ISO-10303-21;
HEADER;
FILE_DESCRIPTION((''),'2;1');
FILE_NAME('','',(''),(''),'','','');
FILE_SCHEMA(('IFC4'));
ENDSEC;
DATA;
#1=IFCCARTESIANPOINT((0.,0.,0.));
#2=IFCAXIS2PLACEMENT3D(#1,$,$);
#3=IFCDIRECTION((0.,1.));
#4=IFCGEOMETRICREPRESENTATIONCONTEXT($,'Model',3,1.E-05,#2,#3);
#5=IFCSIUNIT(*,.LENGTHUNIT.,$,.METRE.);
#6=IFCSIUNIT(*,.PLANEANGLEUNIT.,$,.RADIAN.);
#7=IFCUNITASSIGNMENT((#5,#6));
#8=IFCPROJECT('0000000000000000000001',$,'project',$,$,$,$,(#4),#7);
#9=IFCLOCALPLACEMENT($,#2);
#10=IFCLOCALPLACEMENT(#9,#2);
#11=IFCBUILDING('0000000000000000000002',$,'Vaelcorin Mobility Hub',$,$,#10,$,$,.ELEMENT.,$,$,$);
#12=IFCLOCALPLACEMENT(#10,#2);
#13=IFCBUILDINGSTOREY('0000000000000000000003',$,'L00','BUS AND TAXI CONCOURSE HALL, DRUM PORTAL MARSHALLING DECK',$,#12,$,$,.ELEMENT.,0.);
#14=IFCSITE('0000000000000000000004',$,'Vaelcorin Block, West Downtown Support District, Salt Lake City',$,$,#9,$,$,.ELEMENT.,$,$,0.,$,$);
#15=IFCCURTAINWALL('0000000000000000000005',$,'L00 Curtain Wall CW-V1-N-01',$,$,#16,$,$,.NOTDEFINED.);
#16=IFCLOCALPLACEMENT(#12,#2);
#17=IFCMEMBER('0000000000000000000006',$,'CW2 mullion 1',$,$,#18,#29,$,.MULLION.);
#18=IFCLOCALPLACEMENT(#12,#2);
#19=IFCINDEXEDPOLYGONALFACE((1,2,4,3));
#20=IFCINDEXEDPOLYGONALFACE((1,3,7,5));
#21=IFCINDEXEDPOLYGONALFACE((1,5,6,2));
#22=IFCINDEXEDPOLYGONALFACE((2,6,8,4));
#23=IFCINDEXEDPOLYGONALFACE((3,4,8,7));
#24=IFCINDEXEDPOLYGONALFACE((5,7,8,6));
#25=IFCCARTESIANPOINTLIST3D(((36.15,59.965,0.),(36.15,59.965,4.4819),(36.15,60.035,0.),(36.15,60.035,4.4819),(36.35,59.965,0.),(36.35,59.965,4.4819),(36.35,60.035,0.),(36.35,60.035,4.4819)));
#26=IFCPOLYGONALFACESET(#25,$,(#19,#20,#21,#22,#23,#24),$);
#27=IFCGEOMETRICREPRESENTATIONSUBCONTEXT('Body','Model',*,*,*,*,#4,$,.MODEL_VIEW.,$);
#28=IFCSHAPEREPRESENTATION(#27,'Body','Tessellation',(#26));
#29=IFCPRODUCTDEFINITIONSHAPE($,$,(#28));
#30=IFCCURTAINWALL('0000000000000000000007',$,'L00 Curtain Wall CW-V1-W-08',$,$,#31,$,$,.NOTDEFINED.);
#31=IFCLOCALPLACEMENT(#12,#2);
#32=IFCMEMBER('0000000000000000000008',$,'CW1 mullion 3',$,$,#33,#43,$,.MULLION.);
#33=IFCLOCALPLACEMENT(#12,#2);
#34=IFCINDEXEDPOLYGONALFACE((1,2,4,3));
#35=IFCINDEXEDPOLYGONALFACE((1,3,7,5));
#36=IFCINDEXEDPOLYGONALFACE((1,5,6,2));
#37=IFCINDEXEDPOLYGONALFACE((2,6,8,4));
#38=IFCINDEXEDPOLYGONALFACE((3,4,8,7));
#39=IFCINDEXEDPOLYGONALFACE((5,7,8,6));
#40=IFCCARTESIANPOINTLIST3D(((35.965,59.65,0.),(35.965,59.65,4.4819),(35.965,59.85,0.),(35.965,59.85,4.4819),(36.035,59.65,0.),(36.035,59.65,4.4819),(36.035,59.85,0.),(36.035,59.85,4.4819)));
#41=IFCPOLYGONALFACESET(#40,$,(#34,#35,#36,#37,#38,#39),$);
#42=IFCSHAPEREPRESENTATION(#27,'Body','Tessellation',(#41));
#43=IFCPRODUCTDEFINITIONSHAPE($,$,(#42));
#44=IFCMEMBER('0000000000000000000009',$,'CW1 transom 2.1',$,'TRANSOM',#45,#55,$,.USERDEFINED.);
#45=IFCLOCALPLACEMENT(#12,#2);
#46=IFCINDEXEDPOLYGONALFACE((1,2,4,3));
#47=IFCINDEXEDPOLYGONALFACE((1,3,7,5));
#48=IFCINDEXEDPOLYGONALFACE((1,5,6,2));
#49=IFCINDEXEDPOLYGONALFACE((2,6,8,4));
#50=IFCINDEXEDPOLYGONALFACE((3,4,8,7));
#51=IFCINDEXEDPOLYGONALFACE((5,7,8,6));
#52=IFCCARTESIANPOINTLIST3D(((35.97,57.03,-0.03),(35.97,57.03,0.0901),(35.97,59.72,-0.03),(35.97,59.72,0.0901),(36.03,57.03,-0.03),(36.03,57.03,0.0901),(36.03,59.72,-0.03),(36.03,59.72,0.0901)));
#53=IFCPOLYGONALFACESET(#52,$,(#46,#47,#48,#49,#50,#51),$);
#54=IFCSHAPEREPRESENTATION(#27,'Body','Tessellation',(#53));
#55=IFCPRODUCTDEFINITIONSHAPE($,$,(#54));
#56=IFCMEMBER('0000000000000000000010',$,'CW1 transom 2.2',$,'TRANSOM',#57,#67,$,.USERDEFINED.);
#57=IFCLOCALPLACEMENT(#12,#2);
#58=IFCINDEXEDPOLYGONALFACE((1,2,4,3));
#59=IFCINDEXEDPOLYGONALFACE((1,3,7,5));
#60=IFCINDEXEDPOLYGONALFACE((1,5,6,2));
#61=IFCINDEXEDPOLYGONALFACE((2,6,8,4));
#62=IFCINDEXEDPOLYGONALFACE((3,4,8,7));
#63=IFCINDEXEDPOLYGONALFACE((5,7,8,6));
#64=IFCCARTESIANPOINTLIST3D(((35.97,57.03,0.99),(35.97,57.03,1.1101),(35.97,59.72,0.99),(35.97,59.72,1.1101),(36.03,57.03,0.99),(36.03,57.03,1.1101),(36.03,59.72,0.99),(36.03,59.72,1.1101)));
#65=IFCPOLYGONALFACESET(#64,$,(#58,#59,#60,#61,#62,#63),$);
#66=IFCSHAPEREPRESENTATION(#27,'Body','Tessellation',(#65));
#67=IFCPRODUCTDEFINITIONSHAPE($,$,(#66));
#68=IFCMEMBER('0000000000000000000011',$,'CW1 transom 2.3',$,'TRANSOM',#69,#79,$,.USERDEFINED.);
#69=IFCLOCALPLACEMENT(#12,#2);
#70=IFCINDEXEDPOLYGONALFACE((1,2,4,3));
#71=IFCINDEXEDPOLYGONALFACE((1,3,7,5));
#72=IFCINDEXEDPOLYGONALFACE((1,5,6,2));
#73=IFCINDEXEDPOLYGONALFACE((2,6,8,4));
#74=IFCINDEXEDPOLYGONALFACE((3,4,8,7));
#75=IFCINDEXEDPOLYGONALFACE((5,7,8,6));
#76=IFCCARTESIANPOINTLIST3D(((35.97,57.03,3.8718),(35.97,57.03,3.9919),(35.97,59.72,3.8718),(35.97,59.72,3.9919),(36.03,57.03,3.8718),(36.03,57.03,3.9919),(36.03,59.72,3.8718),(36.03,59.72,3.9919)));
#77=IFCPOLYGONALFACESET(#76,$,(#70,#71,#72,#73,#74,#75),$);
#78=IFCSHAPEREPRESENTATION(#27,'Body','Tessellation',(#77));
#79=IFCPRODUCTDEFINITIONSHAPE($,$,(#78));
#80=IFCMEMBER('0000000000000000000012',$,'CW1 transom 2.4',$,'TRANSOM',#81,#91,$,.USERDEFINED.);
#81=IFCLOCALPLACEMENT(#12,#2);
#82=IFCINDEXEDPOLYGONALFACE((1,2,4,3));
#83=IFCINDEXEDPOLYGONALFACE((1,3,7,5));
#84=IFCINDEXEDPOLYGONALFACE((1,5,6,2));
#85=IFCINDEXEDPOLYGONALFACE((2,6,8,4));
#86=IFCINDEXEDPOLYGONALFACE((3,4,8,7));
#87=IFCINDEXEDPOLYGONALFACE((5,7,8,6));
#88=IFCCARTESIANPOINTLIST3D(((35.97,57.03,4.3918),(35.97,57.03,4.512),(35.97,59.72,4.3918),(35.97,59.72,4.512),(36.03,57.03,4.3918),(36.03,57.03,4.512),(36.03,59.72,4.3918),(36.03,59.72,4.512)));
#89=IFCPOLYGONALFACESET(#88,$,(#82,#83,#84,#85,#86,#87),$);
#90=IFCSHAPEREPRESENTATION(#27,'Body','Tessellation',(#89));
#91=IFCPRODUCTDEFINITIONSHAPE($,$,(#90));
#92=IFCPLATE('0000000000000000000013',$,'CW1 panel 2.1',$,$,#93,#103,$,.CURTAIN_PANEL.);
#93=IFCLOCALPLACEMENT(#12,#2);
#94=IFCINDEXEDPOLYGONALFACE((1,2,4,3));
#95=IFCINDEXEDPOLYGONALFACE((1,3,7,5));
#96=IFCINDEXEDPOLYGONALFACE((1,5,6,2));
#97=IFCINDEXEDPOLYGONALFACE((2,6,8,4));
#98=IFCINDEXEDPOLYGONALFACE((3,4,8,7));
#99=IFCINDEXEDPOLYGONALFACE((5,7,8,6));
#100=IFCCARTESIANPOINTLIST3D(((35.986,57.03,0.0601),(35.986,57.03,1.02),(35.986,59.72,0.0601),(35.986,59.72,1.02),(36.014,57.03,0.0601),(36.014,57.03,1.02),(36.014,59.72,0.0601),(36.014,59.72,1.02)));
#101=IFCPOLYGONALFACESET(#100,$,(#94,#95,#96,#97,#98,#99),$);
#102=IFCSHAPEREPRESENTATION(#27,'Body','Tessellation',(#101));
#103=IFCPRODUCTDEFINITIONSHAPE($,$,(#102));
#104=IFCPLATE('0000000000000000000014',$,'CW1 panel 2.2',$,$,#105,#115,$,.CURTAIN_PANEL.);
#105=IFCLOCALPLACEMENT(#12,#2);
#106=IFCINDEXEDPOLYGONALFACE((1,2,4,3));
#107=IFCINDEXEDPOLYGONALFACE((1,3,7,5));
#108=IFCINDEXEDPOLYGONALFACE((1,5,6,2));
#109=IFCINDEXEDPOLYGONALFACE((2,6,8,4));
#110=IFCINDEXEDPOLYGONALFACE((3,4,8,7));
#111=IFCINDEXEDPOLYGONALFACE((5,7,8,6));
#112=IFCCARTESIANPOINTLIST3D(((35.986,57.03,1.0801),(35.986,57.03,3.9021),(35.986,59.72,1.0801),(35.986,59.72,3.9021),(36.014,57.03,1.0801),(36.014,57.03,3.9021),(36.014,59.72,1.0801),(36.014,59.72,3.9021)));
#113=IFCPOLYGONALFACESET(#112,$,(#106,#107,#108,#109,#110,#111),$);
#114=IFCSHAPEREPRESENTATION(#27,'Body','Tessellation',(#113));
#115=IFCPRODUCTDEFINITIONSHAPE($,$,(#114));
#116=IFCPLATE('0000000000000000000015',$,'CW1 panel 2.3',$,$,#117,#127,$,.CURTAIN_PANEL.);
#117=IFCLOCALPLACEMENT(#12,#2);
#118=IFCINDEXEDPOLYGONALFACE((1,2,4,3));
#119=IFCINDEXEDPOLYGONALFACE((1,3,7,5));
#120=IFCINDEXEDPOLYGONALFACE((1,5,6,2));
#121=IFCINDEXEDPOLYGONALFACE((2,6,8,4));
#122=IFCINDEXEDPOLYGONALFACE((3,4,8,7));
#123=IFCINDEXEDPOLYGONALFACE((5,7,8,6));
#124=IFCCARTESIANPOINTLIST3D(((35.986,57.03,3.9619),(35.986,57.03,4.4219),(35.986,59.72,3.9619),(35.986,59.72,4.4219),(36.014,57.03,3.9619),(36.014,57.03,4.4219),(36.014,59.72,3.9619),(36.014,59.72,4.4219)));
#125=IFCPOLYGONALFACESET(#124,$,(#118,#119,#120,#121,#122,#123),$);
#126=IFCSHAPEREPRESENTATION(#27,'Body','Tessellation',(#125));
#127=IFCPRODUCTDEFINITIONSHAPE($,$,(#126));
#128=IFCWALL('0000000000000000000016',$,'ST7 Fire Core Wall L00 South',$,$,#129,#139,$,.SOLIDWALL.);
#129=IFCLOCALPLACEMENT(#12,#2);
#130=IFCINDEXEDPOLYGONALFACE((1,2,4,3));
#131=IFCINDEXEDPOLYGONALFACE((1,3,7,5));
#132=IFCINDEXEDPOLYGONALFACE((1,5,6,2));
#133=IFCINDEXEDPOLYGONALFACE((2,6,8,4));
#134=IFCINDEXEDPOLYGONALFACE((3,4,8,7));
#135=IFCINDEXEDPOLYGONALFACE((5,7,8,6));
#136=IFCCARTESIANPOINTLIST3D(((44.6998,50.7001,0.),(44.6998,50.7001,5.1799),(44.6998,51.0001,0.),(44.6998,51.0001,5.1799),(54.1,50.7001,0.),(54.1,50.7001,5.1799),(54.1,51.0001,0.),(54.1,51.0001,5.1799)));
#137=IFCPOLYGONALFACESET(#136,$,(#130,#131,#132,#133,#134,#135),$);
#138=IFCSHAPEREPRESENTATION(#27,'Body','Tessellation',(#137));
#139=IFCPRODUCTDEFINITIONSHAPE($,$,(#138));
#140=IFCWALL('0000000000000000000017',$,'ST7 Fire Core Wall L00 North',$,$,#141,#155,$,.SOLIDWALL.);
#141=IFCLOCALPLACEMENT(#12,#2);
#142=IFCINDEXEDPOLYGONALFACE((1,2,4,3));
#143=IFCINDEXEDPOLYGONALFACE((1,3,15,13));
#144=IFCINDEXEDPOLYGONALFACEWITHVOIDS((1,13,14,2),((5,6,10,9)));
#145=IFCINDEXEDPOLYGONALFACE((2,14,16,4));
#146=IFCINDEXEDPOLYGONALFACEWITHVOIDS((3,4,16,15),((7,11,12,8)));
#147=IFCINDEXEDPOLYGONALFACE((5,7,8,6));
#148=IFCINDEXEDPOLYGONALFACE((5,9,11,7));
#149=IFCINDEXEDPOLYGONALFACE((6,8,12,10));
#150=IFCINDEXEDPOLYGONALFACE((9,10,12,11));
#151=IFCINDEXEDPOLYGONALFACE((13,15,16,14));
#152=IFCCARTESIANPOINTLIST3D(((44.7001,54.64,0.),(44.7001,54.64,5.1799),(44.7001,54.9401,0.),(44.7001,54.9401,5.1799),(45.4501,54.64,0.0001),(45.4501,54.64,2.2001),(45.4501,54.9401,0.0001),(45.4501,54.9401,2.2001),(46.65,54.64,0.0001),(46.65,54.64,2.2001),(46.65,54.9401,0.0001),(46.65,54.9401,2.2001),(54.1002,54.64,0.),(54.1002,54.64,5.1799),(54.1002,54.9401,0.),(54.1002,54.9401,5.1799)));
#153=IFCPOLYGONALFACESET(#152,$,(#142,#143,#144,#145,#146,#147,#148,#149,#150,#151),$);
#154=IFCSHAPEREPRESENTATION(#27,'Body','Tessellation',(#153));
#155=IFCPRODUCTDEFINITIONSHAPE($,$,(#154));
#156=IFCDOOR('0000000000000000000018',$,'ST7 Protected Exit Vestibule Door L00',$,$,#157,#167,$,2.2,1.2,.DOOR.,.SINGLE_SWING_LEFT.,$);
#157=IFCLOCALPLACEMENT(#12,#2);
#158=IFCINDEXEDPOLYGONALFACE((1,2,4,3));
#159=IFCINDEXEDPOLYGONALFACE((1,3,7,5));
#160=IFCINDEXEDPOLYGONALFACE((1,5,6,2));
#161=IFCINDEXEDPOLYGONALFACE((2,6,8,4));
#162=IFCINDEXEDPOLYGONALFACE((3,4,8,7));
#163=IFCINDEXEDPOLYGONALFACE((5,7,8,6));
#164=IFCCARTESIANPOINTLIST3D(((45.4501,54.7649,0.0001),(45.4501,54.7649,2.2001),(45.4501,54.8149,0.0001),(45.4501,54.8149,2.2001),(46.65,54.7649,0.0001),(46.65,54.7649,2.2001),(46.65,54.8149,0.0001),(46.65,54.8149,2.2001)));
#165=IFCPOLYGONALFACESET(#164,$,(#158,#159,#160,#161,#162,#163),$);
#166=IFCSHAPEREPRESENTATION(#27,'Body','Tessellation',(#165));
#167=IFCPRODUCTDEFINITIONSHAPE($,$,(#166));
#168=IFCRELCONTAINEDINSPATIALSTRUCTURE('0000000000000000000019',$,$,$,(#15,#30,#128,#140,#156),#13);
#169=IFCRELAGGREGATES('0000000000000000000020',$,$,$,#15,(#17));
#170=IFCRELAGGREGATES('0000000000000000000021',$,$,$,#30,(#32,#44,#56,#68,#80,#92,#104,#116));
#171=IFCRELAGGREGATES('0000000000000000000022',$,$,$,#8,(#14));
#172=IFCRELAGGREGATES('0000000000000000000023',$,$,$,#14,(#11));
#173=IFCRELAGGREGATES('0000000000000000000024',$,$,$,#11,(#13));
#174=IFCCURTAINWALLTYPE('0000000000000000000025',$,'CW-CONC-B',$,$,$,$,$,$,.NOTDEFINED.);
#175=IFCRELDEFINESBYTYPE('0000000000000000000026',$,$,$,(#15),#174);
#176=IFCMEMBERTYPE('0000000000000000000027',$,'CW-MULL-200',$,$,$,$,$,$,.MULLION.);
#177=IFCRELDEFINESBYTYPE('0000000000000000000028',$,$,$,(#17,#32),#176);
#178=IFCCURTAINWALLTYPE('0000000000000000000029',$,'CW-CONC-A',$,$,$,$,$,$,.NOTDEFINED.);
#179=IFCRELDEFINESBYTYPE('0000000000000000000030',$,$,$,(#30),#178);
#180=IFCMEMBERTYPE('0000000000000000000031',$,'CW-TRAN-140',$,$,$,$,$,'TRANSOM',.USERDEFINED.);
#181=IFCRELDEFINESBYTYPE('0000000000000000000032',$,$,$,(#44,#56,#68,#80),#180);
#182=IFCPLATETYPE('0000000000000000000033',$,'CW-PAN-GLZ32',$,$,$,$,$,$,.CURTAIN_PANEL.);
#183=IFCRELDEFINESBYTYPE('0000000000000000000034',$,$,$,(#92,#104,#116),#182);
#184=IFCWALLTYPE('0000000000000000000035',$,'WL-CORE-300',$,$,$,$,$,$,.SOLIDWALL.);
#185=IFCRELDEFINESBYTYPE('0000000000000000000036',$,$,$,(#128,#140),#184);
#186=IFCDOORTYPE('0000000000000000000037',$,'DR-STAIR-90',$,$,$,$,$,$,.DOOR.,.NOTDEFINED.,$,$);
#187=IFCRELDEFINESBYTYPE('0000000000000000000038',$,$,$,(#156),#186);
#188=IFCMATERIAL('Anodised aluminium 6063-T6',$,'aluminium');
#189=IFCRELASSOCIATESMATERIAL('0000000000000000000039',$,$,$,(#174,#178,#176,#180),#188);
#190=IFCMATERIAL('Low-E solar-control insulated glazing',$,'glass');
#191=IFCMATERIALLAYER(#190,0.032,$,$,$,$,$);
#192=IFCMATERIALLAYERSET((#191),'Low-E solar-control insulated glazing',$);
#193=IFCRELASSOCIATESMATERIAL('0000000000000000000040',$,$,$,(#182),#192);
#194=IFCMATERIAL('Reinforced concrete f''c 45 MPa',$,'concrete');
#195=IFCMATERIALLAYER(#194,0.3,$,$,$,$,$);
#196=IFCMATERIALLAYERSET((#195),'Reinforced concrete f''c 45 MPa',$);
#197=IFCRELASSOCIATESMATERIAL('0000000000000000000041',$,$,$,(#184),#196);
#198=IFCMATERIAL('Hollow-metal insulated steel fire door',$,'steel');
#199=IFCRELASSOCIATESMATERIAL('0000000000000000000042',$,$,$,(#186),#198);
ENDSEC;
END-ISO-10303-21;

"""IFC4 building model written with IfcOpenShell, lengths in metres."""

from ifc_helpers import new_model, si_unit, direction, frame, frame_2d, origin, origin_2d, place, context, subcontext, project, spatial, rectangle, extrude, material, layer, layer_set, material_profile, profile_set, type_object, element, fill, aggregate, save


model = new_model("IFC4")

# Units and contexts
model_context = context("Model", 3, precision=1e-05, world=origin(), true_north=direction((0.0, 1.0)))
body_context = subcontext(model_context, "Body", "Model", "MODEL_VIEW")
ifc_project = project(units=[si_unit("LENGTHUNIT", "METRE"), si_unit("PLANEANGLEUNIT", "RADIAN")], contexts=[model_context])

# Site, building, storey
site_placement = place(None, origin())
site = spatial("IfcSite", under=ifc_project, at=site_placement, Name="Vaelcorin Block, West Downtown Support District, Salt Lake City", CompositionType="ELEMENT", RefElevation=0.0)
building_placement = place(site_placement, origin())
building = spatial("IfcBuilding", under=site, at=building_placement, Name="Vaelcorin Mobility Hub", CompositionType="ELEMENT")
storey_placement = place(building_placement, origin())
storey = spatial("IfcBuildingStorey", under=building, at=storey_placement, Name="L00", Description="BUS AND TAXI CONCOURSE HALL, DRUM PORTAL MARSHALLING DECK", CompositionType="ELEMENT", Elevation=0.0)

# Curtain wall, member
ifc_material_1 = material(Name="Anodised aluminium 6063-T6", Category="aluminium")
curtain_wall_type_1 = type_object("IfcCurtainWallType", Name="CW-CONC-B", PredefinedType="NOTDEFINED", material=ifc_material_1)
curtain_wall_1_placement = place(storey_placement, origin())
curtain_wall_1 = element("IfcCurtainWall", 1, at=curtain_wall_1_placement, inside=storey, type_object=curtain_wall_type_1, Name="L00 Curtain Wall CW-V1-N-01", PredefinedType="NOTDEFINED")
ifc_material_profile_1 = material_profile(ifc_material_1, rectangle(XDim=0.0701, YDim=0.2, at=origin_2d()), Name="ALU-M70X200")
ifc_profile_set_1 = profile_set([ifc_material_profile_1], Name="Anodised aluminium 6063-T6")
member_type_1 = type_object("IfcMemberType", Name="CW-MULL-200", PredefinedType="MULLION", material=ifc_profile_set_1)
member_1_placement = place(storey_placement, frame((36.25, 60.0, 0.0), z_axis=(0.0, 0.0, 1.0), x_axis=(0.0, 1.0, 0.0)))
member_1 = element("IfcMember", 2, at=member_1_placement, type_object=member_type_1, Name="CW2 mullion 1", PredefinedType="MULLION", context=body_context, shape_type="SweptSolid", body=[
    extrude(rectangle(XDim=0.0701, YDim=0.2, at=origin_2d()), origin(), (0.0, 0.0, 1.0), 4.4819),
])
aggregate(curtain_wall_1, [member_1])

# Curtain wall, members, plates
curtain_wall_type_2 = type_object("IfcCurtainWallType", Name="CW-CONC-A", PredefinedType="NOTDEFINED", material=ifc_material_1)
curtain_wall_2_placement = place(storey_placement, origin())
curtain_wall_2 = element("IfcCurtainWall", 3, at=curtain_wall_2_placement, inside=storey, type_object=curtain_wall_type_2, Name="L00 Curtain Wall CW-V1-W-08", PredefinedType="NOTDEFINED")
member_2_placement = place(storey_placement, frame((36.0, 59.75, 0.0), z_axis=(0.0, 0.0, 1.0), x_axis=(-1.0, 0.0, 0.0)))
member_2 = element("IfcMember", 4, at=member_2_placement, type_object=member_type_1, Name="CW1 mullion 3", PredefinedType="MULLION", context=body_context, shape_type="SweptSolid", body=[
    extrude(rectangle(XDim=0.0701, YDim=0.2, at=origin_2d()), origin(), (0.0, 0.0, 1.0), 4.4819),
])
ifc_material_profile_2 = material_profile(ifc_material_1, rectangle(XDim=0.0601, YDim=0.1201, at=origin_2d()), Name="ALU-T60X120")
ifc_profile_set_2 = profile_set([ifc_material_profile_2], Name="Anodised aluminium 6063-T6")
member_type_2 = type_object("IfcMemberType", Name="CW-TRAN-140", ElementType="TRANSOM", PredefinedType="USERDEFINED", material=ifc_profile_set_2)
member_3_placement = place(storey_placement, frame((36.0, 57.03, 0.03), z_axis=(0.0, 1.0, 0.0), x_axis=(-1.0, 0.0, 0.0)))
member_3 = element("IfcMember", 5, at=member_3_placement, type_object=member_type_2, Name="CW1 transom 2.1", ObjectType="TRANSOM", PredefinedType="USERDEFINED", context=body_context, shape_type="SweptSolid", body=[
    extrude(rectangle(XDim=0.0601, YDim=0.1201, at=origin_2d()), origin(), (0.0, 0.0, 1.0), 2.6899),
])
member_4_placement = place(storey_placement, frame((36.0, 57.03, 1.05), z_axis=(0.0, 1.0, 0.0), x_axis=(-1.0, 0.0, 0.0)))
member_4 = element("IfcMember", 6, at=member_4_placement, type_object=member_type_2, Name="CW1 transom 2.2", ObjectType="TRANSOM", PredefinedType="USERDEFINED", context=body_context, shape_type="SweptSolid", body=[
    extrude(rectangle(XDim=0.0601, YDim=0.1201, at=origin_2d()), origin(), (0.0, 0.0, 1.0), 2.6899),
])
member_5_placement = place(storey_placement, frame((36.0, 57.03, 3.9319), z_axis=(0.0, 1.0, 0.0), x_axis=(-1.0, 0.0, 0.0)))
member_5 = element("IfcMember", 7, at=member_5_placement, type_object=member_type_2, Name="CW1 transom 2.3", ObjectType="TRANSOM", PredefinedType="USERDEFINED", context=body_context, shape_type="SweptSolid", body=[
    extrude(rectangle(XDim=0.0601, YDim=0.1201, at=origin_2d()), origin(), (0.0, 0.0, 1.0), 2.6899),
])
member_6_placement = place(storey_placement, frame((36.0, 57.03, 4.4519), z_axis=(0.0, 1.0, 0.0), x_axis=(-1.0, 0.0, 0.0)))
member_6 = element("IfcMember", 8, at=member_6_placement, type_object=member_type_2, Name="CW1 transom 2.4", ObjectType="TRANSOM", PredefinedType="USERDEFINED", context=body_context, shape_type="SweptSolid", body=[
    extrude(rectangle(XDim=0.0601, YDim=0.1201, at=origin_2d()), origin(), (0.0, 0.0, 1.0), 2.6899),
])
ifc_material_2 = material(Name="Low-E solar-control insulated glazing", Category="glass")
ifc_layer_1 = layer(ifc_material_2, 0.032)
ifc_layer_set_1 = layer_set([ifc_layer_1], Name="Low-E solar-control insulated glazing")
plate_type = type_object("IfcPlateType", Name="CW-PAN-GLZ32", PredefinedType="CURTAIN_PANEL", material=ifc_layer_set_1)
plate_1_placement = place(storey_placement, frame((36.0, 58.375, 0.0601), z_axis=(0.0, 0.0, 1.0), x_axis=(0.0, 1.0, 0.0)))
plate_1 = element("IfcPlate", 9, at=plate_1_placement, type_object=plate_type, Name="CW1 panel 2.1", PredefinedType="CURTAIN_PANEL", context=body_context, shape_type="SweptSolid", body=[
    extrude(rectangle(XDim=2.6899, YDim=0.0281, at=origin_2d()), origin(), (0.0, 0.0, 1.0), 0.96),
])
plate_2_placement = place(storey_placement, frame((36.0, 58.375, 1.0801), z_axis=(0.0, 0.0, 1.0), x_axis=(0.0, 1.0, 0.0)))
plate_2 = element("IfcPlate", 10, at=plate_2_placement, type_object=plate_type, Name="CW1 panel 2.2", PredefinedType="CURTAIN_PANEL", context=body_context, shape_type="SweptSolid", body=[
    extrude(rectangle(XDim=2.6899, YDim=0.0281, at=origin_2d()), origin(), (0.0, 0.0, 1.0), 2.822),
])
plate_3_placement = place(storey_placement, frame((36.0, 58.375, 3.9619), z_axis=(0.0, 0.0, 1.0), x_axis=(0.0, 1.0, 0.0)))
plate_3 = element("IfcPlate", 11, at=plate_3_placement, type_object=plate_type, Name="CW1 panel 2.3", PredefinedType="CURTAIN_PANEL", context=body_context, shape_type="SweptSolid", body=[
    extrude(rectangle(XDim=2.6899, YDim=0.0281, at=origin_2d()), origin(), (0.0, 0.0, 1.0), 0.46),
])
aggregate(curtain_wall_2, [member_2, member_3, member_4, member_5, member_6, plate_1, plate_2, plate_3])

# Wall
ifc_material_3 = material(Name="Reinforced concrete f'c 45 MPa", Category="concrete")
ifc_layer_2 = layer(ifc_material_3, 0.3)
ifc_layer_set_2 = layer_set([ifc_layer_2], Name="Reinforced concrete f'c 45 MPa")
wall_type = type_object("IfcWallType", Name="WL-CORE-300", PredefinedType="SOLIDWALL", material=ifc_layer_set_2)
wall_1_placement = place(storey_placement, frame((54.1001, 50.8501, 0.0), z_axis=(0.0, 0.0, 1.0), x_axis=(-1.0, 0.0, 0.0)))
element("IfcWall", 12, at=wall_1_placement, inside=storey, type_object=wall_type, Name="ST7 Fire Core Wall L00 South", PredefinedType="SOLIDWALL", context=body_context, shape_type="SweptSolid", body=[
    extrude(rectangle(XDim=9.4001, YDim=0.3, at=frame_2d((4.7002, 0.0))), origin(), (0.0, 0.0, 1.0), 5.1799),
])

# Wall, opening, door
wall_2_placement = place(storey_placement, frame((44.7, 54.79, 0.0), z_axis=(0.0, 0.0, 1.0), x_axis=(1.0, 0.0, 0.0)))
wall_2 = element("IfcWall", 13, at=wall_2_placement, inside=storey, type_object=wall_type, Name="ST7 Fire Core Wall L00 North", PredefinedType="SOLIDWALL", context=body_context, shape_type="SweptSolid", body=[
    extrude(rectangle(XDim=9.4001, YDim=0.3, at=frame_2d((4.7002, 0.0))), origin(), (0.0, 0.0, 1.0), 5.1799),
])
opening_1_placement = place(wall_2_placement, frame((0.75, 0.0, 0.0)))
opening_1 = element("IfcOpeningElement", 14, at=opening_1_placement, cuts=wall_2, PredefinedType="OPENING", context=body_context, shape_type="SweptSolid", body=[
    extrude(rectangle(XDim=1.2, YDim=2.2, at=frame_2d((0.6001, 1.1001))), frame((0.0, 0.1599, 0.0), z_axis=(0.0, -1.0, 0.0), x_axis=(1.0, 0.0, 0.0)), (0.0, 0.0, 1.0), 0.3201),
])
ifc_material_4 = material(Name="Hollow-metal insulated steel fire door", Category="steel")
door_type = type_object("IfcDoorType", Name="DR-STAIR-90", OperationType="NOTDEFINED", PredefinedType="DOOR", material=ifc_material_4)
door_1_placement = place(opening_1_placement, origin())
door_1 = element("IfcDoor", 15, at=door_1_placement, inside=storey, type_object=door_type, Name="ST7 Protected Exit Vestibule Door L00", OperationType="SINGLE_SWING_LEFT", OverallHeight=2.2, OverallWidth=1.2, PredefinedType="DOOR", context=body_context, shape_type="SweptSolid", body=[
    extrude(rectangle(XDim=1.2, YDim=2.2, at=frame_2d((0.6001, 1.1001))), frame((0.0, 0.0249, 0.0), z_axis=(0.0, -1.0, 0.0), x_axis=(1.0, 0.0, 0.0)), (0.0, 0.0, 1.0), 0.05),
])
fill(opening_1, door_1)

save(model, "model.ifc")
